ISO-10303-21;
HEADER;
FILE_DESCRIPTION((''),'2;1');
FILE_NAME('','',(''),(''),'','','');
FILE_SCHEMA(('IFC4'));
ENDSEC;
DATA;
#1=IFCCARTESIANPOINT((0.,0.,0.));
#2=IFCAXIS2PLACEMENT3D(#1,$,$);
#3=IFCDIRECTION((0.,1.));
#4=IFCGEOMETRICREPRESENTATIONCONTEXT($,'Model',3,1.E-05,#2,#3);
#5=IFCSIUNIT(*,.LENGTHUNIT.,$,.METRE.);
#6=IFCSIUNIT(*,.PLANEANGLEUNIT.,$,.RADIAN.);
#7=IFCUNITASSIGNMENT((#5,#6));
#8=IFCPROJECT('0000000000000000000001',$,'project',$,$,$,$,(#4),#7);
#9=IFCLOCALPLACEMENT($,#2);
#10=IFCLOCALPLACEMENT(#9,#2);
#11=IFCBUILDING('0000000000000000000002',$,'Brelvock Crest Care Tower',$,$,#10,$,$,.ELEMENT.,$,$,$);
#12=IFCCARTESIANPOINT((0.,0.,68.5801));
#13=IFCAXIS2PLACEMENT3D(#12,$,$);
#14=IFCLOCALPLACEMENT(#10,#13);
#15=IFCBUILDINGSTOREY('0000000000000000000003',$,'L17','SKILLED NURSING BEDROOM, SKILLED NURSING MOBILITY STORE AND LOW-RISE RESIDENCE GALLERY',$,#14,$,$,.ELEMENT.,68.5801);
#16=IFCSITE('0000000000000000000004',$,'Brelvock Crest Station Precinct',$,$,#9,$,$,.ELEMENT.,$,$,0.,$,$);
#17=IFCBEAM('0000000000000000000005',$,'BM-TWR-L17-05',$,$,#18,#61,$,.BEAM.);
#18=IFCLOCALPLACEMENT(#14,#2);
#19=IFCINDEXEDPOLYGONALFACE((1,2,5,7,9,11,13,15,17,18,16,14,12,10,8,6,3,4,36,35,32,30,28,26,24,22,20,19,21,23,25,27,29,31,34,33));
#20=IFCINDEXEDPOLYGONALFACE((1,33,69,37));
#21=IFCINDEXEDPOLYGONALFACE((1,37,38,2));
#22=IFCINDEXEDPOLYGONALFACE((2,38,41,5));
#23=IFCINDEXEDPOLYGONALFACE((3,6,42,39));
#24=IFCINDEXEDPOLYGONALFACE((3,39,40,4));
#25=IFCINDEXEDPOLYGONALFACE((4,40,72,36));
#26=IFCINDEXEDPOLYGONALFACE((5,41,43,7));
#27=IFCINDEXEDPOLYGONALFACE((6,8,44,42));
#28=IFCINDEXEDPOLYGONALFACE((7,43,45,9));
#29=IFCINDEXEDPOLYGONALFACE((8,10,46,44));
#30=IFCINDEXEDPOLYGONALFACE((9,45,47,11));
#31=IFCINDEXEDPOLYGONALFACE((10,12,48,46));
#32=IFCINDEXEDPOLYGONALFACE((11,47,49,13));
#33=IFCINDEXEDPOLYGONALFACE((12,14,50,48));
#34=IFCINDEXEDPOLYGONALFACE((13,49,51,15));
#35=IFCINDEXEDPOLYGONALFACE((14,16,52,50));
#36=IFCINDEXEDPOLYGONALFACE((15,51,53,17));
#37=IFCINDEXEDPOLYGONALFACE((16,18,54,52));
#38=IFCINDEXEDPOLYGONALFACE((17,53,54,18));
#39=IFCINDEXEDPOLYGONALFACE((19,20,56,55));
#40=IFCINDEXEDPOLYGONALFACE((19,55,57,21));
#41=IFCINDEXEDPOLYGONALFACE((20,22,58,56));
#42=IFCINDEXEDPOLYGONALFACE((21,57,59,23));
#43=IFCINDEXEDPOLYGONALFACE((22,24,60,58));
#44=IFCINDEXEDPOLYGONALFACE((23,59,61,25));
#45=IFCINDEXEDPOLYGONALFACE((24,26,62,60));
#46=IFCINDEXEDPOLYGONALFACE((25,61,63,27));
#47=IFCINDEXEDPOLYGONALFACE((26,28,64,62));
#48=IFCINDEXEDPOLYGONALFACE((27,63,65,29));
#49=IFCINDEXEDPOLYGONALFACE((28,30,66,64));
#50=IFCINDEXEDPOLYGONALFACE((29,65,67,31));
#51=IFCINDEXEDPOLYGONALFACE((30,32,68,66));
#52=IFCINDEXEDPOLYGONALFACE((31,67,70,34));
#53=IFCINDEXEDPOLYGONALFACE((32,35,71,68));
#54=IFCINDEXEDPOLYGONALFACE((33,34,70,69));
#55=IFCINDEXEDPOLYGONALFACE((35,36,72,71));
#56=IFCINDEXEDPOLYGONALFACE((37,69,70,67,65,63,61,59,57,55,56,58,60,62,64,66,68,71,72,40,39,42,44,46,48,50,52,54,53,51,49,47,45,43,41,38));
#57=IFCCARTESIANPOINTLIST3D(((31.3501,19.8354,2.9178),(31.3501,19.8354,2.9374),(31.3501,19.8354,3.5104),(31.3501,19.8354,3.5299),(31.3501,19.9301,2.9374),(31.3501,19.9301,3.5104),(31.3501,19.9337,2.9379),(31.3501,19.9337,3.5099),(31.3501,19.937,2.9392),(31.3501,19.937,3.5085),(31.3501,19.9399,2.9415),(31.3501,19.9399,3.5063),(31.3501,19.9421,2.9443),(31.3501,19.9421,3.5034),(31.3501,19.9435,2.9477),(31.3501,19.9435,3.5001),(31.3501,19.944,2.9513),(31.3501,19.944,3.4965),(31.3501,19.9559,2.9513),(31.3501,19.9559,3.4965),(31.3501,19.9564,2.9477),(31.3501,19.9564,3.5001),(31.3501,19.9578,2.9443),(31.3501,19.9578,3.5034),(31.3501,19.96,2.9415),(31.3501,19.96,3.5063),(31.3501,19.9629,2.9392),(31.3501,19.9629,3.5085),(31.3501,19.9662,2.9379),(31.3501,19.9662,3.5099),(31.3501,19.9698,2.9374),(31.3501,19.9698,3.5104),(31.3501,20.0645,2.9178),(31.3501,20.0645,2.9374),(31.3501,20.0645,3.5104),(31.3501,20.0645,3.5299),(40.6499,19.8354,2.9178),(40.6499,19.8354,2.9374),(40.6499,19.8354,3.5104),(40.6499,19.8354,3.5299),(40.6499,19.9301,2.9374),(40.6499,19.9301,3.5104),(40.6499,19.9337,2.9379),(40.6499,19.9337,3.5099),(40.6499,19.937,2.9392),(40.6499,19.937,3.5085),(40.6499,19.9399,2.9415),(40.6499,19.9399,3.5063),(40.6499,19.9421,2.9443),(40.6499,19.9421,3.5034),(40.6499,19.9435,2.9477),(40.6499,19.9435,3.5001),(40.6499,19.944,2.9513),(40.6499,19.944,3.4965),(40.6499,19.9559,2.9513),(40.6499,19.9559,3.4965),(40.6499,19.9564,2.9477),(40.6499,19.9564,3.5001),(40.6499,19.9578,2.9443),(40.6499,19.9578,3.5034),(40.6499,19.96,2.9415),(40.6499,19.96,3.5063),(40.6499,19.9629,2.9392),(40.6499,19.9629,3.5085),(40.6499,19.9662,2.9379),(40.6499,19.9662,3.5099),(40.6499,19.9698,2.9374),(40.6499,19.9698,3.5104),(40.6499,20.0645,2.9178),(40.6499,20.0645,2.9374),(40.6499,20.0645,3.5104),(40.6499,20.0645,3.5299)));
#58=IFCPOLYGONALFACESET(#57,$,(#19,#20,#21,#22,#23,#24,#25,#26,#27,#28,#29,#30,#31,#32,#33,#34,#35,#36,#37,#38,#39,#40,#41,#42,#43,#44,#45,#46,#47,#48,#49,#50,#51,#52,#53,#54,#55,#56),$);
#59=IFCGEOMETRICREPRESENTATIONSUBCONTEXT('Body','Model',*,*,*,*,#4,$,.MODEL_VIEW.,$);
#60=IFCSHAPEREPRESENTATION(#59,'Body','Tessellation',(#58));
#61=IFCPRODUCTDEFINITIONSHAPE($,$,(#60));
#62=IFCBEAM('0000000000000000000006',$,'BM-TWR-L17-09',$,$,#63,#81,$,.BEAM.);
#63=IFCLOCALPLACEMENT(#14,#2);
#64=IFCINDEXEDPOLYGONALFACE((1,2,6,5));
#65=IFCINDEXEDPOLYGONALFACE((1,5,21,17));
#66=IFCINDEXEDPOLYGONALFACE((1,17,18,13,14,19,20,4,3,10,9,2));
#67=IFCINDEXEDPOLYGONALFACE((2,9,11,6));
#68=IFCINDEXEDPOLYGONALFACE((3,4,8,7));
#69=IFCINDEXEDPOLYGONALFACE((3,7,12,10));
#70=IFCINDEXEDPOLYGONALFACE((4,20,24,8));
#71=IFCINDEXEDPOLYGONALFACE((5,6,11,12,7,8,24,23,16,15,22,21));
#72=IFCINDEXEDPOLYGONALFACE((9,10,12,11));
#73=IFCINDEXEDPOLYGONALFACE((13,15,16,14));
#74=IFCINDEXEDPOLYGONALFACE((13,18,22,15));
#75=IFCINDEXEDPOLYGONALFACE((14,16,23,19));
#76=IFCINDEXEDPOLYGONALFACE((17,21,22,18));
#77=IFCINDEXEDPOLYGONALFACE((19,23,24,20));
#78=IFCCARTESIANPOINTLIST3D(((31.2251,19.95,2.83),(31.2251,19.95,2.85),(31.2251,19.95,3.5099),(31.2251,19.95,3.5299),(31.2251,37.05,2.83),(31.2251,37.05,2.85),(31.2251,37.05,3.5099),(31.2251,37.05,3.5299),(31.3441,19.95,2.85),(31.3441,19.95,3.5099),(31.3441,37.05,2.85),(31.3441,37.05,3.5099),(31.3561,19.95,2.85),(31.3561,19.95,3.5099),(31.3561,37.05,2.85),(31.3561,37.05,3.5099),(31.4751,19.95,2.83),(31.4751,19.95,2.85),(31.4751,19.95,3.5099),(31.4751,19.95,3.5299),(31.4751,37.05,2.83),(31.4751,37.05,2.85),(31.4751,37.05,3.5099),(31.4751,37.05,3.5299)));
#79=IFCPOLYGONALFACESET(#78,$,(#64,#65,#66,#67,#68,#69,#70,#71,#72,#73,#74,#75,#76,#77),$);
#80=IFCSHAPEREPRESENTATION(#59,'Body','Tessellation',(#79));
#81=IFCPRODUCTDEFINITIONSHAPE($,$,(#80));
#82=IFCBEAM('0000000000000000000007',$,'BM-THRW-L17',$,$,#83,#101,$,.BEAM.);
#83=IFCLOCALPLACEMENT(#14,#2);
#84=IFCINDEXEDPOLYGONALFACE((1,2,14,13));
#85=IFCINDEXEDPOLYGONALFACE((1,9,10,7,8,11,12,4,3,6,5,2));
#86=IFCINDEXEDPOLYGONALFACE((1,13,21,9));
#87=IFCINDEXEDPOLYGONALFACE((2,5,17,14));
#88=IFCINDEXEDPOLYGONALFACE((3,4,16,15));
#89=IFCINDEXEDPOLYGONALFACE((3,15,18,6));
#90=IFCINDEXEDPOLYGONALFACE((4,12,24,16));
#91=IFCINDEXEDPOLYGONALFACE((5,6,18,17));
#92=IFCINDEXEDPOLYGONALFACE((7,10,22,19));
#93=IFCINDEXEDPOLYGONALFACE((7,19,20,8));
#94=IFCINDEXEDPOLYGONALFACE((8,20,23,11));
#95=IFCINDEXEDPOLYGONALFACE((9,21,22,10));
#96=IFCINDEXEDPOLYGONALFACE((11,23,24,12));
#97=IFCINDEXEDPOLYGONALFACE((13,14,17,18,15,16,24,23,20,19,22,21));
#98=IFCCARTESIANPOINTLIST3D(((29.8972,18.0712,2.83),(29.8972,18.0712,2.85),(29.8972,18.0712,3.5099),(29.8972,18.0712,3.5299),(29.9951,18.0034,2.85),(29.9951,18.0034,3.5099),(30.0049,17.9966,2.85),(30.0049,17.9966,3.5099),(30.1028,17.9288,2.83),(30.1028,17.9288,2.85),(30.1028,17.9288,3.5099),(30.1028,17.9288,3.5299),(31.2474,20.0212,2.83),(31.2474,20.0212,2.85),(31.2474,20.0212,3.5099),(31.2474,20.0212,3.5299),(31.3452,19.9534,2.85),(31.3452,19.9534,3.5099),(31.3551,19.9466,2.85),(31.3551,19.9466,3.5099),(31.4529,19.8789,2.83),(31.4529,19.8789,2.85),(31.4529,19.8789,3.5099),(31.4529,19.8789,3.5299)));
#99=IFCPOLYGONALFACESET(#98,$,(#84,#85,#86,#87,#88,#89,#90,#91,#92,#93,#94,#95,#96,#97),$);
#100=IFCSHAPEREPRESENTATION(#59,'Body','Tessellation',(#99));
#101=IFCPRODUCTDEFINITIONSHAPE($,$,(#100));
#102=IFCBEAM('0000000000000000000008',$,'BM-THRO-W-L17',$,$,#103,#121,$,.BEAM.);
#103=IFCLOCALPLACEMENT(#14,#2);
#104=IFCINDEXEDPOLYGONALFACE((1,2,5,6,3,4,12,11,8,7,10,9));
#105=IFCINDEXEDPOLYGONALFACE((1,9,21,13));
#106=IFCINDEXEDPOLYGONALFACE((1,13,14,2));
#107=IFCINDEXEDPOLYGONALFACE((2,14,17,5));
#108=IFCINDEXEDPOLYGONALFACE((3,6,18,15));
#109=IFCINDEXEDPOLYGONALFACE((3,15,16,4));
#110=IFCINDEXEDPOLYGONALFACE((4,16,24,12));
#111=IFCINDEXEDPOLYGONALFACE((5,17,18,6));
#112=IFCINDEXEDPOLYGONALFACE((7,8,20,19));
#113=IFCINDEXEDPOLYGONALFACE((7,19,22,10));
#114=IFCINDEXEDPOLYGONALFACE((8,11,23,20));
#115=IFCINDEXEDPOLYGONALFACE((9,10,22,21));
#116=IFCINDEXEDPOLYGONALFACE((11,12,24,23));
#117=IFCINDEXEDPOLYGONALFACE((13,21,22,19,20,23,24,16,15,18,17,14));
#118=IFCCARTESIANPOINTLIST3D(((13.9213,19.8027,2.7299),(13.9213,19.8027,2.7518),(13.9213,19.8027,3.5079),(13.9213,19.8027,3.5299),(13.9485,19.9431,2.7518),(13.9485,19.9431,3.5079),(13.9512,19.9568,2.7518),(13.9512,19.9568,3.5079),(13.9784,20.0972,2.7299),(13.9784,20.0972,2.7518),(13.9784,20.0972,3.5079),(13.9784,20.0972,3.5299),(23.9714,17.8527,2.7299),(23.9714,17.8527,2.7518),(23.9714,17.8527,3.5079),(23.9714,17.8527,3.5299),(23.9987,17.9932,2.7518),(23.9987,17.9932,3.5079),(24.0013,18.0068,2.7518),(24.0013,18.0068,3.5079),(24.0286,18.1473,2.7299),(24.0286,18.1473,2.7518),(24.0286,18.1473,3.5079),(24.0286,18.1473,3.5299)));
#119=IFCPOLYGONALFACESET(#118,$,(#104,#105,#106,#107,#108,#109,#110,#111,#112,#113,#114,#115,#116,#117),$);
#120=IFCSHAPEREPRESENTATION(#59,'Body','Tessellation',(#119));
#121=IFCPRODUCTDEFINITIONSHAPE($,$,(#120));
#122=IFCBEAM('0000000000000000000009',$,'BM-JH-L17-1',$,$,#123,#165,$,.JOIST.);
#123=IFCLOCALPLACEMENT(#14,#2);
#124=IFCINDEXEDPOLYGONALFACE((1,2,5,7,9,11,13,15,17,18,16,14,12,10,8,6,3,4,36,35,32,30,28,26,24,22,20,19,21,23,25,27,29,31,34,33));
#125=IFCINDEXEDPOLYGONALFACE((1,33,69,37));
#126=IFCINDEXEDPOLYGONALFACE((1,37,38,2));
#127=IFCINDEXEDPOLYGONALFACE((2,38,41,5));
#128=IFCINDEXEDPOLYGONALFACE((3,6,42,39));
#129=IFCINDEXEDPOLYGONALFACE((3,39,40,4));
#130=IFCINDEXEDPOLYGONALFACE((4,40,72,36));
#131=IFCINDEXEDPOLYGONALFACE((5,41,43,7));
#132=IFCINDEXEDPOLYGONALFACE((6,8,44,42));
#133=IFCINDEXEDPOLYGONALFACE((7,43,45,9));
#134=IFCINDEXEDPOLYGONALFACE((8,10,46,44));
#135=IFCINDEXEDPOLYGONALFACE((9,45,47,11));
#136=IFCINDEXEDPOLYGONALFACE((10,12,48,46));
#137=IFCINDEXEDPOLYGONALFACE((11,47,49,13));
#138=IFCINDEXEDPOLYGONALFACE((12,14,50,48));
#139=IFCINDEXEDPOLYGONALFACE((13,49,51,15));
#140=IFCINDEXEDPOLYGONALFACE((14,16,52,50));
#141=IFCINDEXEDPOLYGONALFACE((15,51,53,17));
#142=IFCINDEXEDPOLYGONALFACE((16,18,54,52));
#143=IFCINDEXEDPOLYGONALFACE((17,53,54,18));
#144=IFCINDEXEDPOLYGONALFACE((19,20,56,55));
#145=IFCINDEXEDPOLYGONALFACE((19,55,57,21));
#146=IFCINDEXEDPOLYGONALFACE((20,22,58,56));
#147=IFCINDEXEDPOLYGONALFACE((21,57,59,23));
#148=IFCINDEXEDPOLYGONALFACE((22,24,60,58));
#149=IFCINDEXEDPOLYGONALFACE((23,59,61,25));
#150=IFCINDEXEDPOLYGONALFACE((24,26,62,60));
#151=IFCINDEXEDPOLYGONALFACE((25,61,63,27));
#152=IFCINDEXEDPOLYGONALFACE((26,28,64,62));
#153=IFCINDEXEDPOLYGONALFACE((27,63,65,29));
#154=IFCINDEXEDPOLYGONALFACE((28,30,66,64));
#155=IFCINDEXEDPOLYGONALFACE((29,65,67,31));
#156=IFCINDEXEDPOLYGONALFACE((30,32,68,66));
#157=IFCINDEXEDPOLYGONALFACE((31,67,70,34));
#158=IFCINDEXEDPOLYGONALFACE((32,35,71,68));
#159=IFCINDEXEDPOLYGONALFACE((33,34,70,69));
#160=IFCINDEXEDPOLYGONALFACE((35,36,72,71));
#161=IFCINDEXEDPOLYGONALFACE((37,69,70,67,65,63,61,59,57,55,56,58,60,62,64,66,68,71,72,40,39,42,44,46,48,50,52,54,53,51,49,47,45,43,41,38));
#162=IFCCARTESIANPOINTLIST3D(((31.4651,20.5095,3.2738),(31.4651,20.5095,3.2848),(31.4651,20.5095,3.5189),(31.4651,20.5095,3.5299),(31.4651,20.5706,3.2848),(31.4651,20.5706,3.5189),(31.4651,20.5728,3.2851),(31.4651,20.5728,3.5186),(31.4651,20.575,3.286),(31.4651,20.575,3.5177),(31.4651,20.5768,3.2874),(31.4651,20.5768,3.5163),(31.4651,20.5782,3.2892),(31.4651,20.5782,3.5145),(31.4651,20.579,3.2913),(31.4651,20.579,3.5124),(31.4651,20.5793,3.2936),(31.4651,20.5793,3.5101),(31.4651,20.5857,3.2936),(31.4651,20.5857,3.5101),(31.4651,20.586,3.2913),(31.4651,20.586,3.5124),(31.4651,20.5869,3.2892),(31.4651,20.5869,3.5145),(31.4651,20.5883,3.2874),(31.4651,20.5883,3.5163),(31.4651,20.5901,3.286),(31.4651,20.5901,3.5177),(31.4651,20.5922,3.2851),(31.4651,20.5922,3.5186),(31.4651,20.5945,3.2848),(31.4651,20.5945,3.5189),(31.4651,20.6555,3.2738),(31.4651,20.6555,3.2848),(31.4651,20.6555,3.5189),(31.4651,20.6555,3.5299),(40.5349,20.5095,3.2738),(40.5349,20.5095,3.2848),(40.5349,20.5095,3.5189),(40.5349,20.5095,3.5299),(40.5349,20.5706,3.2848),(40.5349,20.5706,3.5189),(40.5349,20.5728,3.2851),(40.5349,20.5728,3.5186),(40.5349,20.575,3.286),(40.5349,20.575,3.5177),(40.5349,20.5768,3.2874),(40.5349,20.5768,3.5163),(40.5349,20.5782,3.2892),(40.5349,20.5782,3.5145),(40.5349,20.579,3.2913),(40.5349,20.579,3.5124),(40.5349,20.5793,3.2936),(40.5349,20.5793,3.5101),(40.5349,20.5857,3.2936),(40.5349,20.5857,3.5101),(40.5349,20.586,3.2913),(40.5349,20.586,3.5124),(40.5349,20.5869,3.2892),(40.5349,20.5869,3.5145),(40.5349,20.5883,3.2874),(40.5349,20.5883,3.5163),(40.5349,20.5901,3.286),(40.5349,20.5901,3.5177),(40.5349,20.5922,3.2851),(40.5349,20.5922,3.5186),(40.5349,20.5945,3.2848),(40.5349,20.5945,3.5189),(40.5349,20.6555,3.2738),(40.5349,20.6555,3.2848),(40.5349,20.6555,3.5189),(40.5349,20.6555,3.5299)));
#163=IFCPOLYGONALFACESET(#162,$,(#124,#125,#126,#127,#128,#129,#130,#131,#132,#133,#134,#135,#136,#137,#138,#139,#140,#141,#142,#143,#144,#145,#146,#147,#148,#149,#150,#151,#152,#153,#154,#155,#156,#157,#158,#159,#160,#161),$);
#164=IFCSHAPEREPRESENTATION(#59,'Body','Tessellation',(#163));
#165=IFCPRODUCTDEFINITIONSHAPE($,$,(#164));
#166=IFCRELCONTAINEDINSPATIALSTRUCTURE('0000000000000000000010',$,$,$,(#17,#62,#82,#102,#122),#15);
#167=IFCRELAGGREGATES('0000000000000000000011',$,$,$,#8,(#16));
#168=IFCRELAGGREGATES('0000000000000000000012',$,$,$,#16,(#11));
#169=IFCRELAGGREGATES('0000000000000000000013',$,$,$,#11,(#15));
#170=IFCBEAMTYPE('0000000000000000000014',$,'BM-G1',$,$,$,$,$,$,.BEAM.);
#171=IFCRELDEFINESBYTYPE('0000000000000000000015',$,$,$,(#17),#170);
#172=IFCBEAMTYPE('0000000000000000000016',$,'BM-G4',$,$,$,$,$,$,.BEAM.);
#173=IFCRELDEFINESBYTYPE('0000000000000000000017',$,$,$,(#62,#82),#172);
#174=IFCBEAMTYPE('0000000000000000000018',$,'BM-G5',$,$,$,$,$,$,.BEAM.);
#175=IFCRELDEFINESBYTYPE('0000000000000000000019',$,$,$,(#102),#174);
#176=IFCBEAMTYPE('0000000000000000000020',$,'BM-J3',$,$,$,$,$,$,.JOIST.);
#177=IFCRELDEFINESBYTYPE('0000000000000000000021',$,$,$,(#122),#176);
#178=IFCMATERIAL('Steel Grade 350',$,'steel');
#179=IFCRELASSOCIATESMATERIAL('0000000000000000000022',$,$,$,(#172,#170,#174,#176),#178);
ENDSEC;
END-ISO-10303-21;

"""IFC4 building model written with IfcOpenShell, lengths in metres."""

from ifc_helpers import new_model, si_unit, direction, frame, origin, origin_2d, place, context, subcontext, project, spatial, i_section, extrude, source, transform, mapped, material, material_profile, profile_set, type_object, element, save


model = new_model("IFC4")

# Units and contexts
model_context = context("Model", 3, precision=1e-05, world=origin(), true_north=direction((0.0, 1.0)))
body_context = subcontext(model_context, "Body", "Model", "MODEL_VIEW")
ifc_project = project(units=[si_unit("LENGTHUNIT", "METRE"), si_unit("PLANEANGLEUNIT", "RADIAN")], contexts=[model_context])

# Site, building, storey
site_placement = place(None, origin())
site = spatial("IfcSite", under=ifc_project, at=site_placement, Name="Brelvock Crest Station Precinct", CompositionType="ELEMENT", RefElevation=0.0)
building_placement = place(site_placement, origin())
building = spatial("IfcBuilding", under=site, at=building_placement, Name="Brelvock Crest Care Tower", CompositionType="ELEMENT")
storey_placement = place(building_placement, frame((0.0, 0.0, 68.5801)))
storey = spatial("IfcBuildingStorey", under=building, at=storey_placement, Name="L17", Description="SKILLED NURSING BEDROOM, SKILLED NURSING MOBILITY STORE AND LOW-RISE RESIDENCE GALLERY", CompositionType="ELEMENT", Elevation=68.5801)

# Shared definitions
ifc_material_1 = material(Name="Steel Grade 350", Category="steel")

# Beams
ifc_material_profile_1 = material_profile(ifc_material_1, i_section(OverallWidth=0.25, OverallDepth=0.7, WebThickness=0.012, FlangeThickness=0.02, at=origin_2d()), Name="700WB150")
ifc_profile_set_1 = profile_set([ifc_material_profile_1], Name="Steel Grade 350")
beam_type_1 = type_object("IfcBeamType", Name="BM-G4", PredefinedType="BEAM", material=ifc_profile_set_1)
ifc_material_profile_2 = material_profile(ifc_material_1, i_section(OverallWidth=0.229, OverallDepth=0.6121, WebThickness=0.012, FlangeThickness=0.0195, FilletRadius=0.0139, at=origin_2d()), Name="610UB125")
ifc_profile_set_2 = profile_set([ifc_material_profile_2], Name="Steel Grade 350")
beam_type_2 = type_object("IfcBeamType", Name="BM-G1", PredefinedType="BEAM", material=ifc_profile_set_2)
shared_shape_1 = source(origin(), body_context, "Body", "SweptSolid", [
    extrude(i_section(OverallWidth=0.229, OverallDepth=0.6121, WebThickness=0.012, FlangeThickness=0.0195, FilletRadius=0.0139, at=origin_2d()), origin(), (0.0, 0.0, 1.0), 9.2998),
])
beam_1_placement = place(storey_placement, frame((31.3501, 19.95, 3.2239), z_axis=(1.0, 0.0, 0.0), x_axis=(0.0, 1.0, 0.0)))
element("IfcBeam", 1, at=beam_1_placement, inside=storey, type_object=beam_type_2, Name="BM-TWR-L17-05", PredefinedType="BEAM", context=body_context, shape_type="MappedRepresentation", body=[
    mapped(shared_shape_1, transform((0.0, 0.0, 0.0), x_axis=(1.0, 0.0, 0.0), y_axis=(0.0, 1.0, 0.0), z_axis=(0.0, 0.0, 1.0), scale=1.0)),
])
shared_shape_2 = source(origin(), body_context, "Body", "SweptSolid", [
    extrude(i_section(OverallWidth=0.25, OverallDepth=0.7, WebThickness=0.012, FlangeThickness=0.02, at=origin_2d()), origin(), (0.0, 0.0, 1.0), 17.1001),
])
beam_2_placement = place(storey_placement, frame((31.3501, 19.95, 3.1799), z_axis=(0.0, 1.0, 0.0), x_axis=(-1.0, 0.0, 0.0)))
element("IfcBeam", 2, at=beam_2_placement, inside=storey, type_object=beam_type_1, Name="BM-TWR-L17-09", PredefinedType="BEAM", context=body_context, shape_type="MappedRepresentation", body=[
    mapped(shared_shape_2, transform((0.0, 0.0, 0.0), x_axis=(1.0, 0.0, 0.0), y_axis=(0.0, 1.0, 0.0), z_axis=(0.0, 0.0, 1.0), scale=1.0)),
])
shared_shape_3 = source(origin(), body_context, "Body", "SweptSolid", [
    extrude(i_section(OverallWidth=0.25, OverallDepth=0.7, WebThickness=0.012, FlangeThickness=0.02, at=origin_2d()), origin(), (0.0, 0.0, 1.0), 2.3718),
])
beam_3_placement = place(storey_placement, frame((30.0, 18.0, 3.1799), z_axis=(0.569247, 0.822166, 0.0), x_axis=(-0.822166, 0.569247, 0.0)))
element("IfcBeam", 3, at=beam_3_placement, inside=storey, type_object=beam_type_1, Name="BM-THRW-L17", PredefinedType="BEAM", context=body_context, shape_type="MappedRepresentation", body=[
    mapped(shared_shape_3, transform((0.0, 0.0, 0.0), x_axis=(1.0, 0.0, 0.0), y_axis=(0.0, 1.0, 0.0), z_axis=(0.0, 0.0, 1.0), scale=1.0)),
])
ifc_material_profile_3 = material_profile(ifc_material_1, i_section(OverallWidth=0.3, OverallDepth=0.8, WebThickness=0.0139, FlangeThickness=0.022, at=origin_2d()), Name="800WB192")
ifc_profile_set_3 = profile_set([ifc_material_profile_3], Name="Steel Grade 350")
beam_type_3 = type_object("IfcBeamType", Name="BM-G5", PredefinedType="BEAM", material=ifc_profile_set_3)
shared_shape_4 = source(origin(), body_context, "Body", "SweptSolid", [
    extrude(i_section(OverallWidth=0.3, OverallDepth=0.8, WebThickness=0.0139, FlangeThickness=0.022, at=origin_2d()), origin(), (0.0, 0.0, 1.0), 10.2375),
])
beam_4_placement = place(storey_placement, frame((24.0, 18.0, 3.1299), z_axis=(-0.981693, 0.190472, 0.0), x_axis=(-0.190472, -0.981693, 0.0)))
element("IfcBeam", 4, at=beam_4_placement, inside=storey, type_object=beam_type_3, Name="BM-THRO-W-L17", PredefinedType="BEAM", context=body_context, shape_type="MappedRepresentation", body=[
    mapped(shared_shape_4, transform((0.0, 0.0, 0.0), x_axis=(1.0, 0.0, 0.0), y_axis=(0.0, 1.0, 0.0), z_axis=(0.0, 0.0, 1.0), scale=1.0)),
])
ifc_material_profile_4 = material_profile(ifc_material_1, i_section(OverallWidth=0.146, OverallDepth=0.2561, WebThickness=0.0063, FlangeThickness=0.011, FilletRadius=0.0088, at=origin_2d()), Name="250UB37.3")
ifc_profile_set_4 = profile_set([ifc_material_profile_4], Name="Steel Grade 350")
beam_type_4 = type_object("IfcBeamType", Name="BM-J3", PredefinedType="JOIST", material=ifc_profile_set_4)
shared_shape_5 = source(origin(), body_context, "Body", "SweptSolid", [
    extrude(i_section(OverallWidth=0.146, OverallDepth=0.2561, WebThickness=0.0063, FlangeThickness=0.011, FilletRadius=0.0088, at=origin_2d()), origin(), (0.0, 0.0, 1.0), 9.0698),
])
for number, where, z_axis, x_axis, name in (
    (5, (31.4651, 20.5825, 3.4019), (1.0, 0.0, 0.0), (0.0, 1.0, 0.0), "BM-JH-L17-1"),
):
    element("IfcBeam", number, at=place(storey_placement, frame(where, z_axis=z_axis, x_axis=x_axis)), inside=storey, type_object=beam_type_4, Name=name, PredefinedType="JOIST", context=body_context, shape_type="MappedRepresentation", body=[
        mapped(shared_shape_5, transform((0.0, 0.0, 0.0), x_axis=(1.0, 0.0, 0.0), y_axis=(0.0, 1.0, 0.0), z_axis=(0.0, 0.0, 1.0), scale=1.0)),
    ])

save(model, "model.ifc")
